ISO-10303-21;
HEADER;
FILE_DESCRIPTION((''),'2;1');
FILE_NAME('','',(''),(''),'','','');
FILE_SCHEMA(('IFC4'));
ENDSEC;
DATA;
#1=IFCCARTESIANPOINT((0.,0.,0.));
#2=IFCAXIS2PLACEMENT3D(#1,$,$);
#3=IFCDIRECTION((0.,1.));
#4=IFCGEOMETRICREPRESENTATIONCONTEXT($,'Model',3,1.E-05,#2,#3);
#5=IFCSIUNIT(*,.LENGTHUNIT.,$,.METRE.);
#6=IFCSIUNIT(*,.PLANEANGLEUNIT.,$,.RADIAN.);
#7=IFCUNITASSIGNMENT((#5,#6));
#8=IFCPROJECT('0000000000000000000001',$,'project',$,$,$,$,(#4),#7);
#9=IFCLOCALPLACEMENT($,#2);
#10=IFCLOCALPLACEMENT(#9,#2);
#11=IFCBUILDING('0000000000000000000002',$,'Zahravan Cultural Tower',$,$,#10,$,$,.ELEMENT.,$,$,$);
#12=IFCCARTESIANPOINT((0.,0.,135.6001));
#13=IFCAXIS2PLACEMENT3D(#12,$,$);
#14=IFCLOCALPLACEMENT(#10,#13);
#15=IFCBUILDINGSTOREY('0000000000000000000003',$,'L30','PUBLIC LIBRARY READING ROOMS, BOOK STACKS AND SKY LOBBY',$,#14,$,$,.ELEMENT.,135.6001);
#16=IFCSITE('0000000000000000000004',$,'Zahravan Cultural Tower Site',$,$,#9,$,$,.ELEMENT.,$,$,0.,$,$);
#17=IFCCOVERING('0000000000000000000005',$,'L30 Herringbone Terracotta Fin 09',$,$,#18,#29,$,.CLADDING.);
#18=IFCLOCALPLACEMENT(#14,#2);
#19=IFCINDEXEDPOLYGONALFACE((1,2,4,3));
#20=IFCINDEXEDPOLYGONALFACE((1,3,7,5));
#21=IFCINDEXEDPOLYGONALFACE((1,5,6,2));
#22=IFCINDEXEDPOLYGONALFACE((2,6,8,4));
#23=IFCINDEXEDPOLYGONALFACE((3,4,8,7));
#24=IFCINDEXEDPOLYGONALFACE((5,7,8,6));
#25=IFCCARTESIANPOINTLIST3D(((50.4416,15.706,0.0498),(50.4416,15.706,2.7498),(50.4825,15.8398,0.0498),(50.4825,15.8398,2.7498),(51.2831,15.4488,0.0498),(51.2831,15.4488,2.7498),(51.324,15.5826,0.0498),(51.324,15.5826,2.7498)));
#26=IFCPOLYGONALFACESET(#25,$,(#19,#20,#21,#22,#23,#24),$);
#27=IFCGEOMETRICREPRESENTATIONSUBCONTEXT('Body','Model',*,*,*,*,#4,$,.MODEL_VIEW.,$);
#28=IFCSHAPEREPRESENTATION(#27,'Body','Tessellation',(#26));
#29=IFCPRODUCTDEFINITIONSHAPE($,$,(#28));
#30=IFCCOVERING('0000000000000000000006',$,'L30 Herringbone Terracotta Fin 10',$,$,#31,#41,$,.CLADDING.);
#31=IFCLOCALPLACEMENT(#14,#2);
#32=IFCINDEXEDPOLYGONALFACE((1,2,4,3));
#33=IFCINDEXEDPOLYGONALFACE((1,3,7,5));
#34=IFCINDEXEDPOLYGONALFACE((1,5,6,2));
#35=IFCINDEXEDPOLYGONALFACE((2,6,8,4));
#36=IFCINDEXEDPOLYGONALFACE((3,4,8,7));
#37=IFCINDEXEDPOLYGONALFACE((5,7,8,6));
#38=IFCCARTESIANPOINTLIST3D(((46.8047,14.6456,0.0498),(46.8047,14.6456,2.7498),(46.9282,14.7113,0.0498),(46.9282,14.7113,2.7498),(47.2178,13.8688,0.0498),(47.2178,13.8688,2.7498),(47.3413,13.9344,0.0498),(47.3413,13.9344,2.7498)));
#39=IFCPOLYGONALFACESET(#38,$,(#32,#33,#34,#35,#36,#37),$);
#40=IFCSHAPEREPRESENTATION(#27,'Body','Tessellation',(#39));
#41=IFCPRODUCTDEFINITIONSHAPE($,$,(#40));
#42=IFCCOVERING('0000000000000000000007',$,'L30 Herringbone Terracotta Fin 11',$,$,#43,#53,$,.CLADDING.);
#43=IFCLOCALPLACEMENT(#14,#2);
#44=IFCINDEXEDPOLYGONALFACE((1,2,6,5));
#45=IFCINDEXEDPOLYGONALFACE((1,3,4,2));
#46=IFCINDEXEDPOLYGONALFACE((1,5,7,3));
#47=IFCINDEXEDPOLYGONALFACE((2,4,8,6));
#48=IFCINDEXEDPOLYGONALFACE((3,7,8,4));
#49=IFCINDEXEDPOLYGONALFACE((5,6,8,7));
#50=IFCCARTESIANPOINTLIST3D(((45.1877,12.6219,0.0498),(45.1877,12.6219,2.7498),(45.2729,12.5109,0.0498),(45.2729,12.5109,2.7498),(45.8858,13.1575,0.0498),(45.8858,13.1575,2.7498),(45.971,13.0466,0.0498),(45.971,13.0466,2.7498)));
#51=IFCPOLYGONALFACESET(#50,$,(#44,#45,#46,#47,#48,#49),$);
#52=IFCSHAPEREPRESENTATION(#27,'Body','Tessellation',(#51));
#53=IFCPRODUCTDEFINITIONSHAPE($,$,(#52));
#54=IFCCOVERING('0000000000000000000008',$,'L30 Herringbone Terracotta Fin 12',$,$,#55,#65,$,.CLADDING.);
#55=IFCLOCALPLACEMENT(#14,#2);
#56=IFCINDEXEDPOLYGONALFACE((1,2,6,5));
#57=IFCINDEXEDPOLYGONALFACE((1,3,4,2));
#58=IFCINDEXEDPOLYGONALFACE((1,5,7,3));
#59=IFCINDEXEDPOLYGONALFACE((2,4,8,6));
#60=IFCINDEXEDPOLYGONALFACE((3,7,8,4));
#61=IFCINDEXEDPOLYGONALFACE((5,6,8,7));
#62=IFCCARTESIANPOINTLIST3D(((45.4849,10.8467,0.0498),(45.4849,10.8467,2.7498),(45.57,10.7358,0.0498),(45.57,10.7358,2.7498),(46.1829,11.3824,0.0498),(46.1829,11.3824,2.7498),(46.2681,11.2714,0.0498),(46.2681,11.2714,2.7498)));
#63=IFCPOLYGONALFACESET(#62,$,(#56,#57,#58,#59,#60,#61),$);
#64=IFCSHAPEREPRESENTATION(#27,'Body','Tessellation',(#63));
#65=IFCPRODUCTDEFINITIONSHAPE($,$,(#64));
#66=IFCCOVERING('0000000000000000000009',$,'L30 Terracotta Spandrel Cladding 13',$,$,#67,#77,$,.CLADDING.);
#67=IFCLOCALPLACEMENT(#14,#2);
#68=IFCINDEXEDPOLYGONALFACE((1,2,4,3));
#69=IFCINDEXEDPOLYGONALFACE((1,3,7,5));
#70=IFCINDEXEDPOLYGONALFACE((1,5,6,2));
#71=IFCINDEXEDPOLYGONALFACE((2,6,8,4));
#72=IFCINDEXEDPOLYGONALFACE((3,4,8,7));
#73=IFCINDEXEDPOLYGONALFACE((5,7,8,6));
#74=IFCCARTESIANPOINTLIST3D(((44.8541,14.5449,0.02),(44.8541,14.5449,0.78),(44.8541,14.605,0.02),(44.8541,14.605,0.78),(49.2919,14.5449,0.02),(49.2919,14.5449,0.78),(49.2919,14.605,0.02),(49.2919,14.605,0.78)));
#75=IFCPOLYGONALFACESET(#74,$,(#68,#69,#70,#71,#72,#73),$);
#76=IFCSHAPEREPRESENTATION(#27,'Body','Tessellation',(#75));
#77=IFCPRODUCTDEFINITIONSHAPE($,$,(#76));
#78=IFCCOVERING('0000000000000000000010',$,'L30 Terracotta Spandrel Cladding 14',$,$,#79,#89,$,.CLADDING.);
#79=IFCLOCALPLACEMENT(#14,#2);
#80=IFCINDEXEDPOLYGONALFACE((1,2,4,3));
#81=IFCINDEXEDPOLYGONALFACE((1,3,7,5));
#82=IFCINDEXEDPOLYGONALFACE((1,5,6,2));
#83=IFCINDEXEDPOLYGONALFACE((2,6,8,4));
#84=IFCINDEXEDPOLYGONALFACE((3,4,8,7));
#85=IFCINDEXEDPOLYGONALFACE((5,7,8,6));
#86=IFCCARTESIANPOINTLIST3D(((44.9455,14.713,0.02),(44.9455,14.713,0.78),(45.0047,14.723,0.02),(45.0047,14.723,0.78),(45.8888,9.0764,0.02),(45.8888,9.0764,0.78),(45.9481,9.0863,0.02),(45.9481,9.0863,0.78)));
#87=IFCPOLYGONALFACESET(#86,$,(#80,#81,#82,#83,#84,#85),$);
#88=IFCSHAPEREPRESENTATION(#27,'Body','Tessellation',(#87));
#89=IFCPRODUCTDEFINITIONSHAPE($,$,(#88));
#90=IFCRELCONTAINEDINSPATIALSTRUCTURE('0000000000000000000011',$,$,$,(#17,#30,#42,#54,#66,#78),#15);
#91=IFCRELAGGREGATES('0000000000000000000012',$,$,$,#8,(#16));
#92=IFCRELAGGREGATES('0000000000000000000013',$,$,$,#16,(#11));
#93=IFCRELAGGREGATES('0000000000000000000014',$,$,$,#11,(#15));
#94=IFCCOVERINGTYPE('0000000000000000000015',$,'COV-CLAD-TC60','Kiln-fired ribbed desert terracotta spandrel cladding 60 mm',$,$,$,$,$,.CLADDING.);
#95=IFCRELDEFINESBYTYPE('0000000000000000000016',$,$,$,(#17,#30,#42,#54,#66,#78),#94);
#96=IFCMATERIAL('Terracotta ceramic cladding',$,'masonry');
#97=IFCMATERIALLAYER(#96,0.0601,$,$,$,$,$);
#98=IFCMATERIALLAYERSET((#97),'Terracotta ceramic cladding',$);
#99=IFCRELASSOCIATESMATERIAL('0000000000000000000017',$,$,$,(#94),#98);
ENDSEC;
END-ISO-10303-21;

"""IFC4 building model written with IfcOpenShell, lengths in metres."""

from ifc_helpers import new_model, si_unit, direction, frame, origin, origin_2d, place, context, subcontext, project, spatial, rectangle, extrude, source, transform, mapped, material, layer, layer_set, type_object, element, save


model = new_model("IFC4")

# Units and contexts
model_context = context("Model", 3, precision=1e-05, world=origin(), true_north=direction((0.0, 1.0)))
body_context = subcontext(model_context, "Body", "Model", "MODEL_VIEW")
ifc_project = project(units=[si_unit("LENGTHUNIT", "METRE"), si_unit("PLANEANGLEUNIT", "RADIAN")], contexts=[model_context])

# Site, building, storey
site_placement = place(None, origin())
site = spatial("IfcSite", under=ifc_project, at=site_placement, Name="Zahravan Cultural Tower Site", CompositionType="ELEMENT", RefElevation=0.0)
building_placement = place(site_placement, origin())
building = spatial("IfcBuilding", under=site, at=building_placement, Name="Zahravan Cultural Tower", CompositionType="ELEMENT")
storey_placement = place(building_placement, frame((0.0, 0.0, 135.6001)))
storey = spatial("IfcBuildingStorey", under=building, at=storey_placement, Name="L30", Description="PUBLIC LIBRARY READING ROOMS, BOOK STACKS AND SKY LOBBY", CompositionType="ELEMENT", Elevation=135.6001)

# Coverings
ifc_material_1 = material(Name="Terracotta ceramic cladding", Category="masonry")
ifc_layer_1 = layer(ifc_material_1, 0.0601)
ifc_layer_set_1 = layer_set([ifc_layer_1], Name="Terracotta ceramic cladding")
covering_type = type_object("IfcCoveringType", Name="COV-CLAD-TC60", Description="Kiln-fired ribbed desert terracotta spandrel cladding 60 mm", PredefinedType="CLADDING", material=ifc_layer_set_1)
shared_shape_1 = source(origin(), body_context, "Body", "SweptSolid", [
    extrude(rectangle(XDim=0.8799, YDim=0.1399, at=origin_2d()), origin(), (0.0, 0.0, 1.0), 2.7),
])
for number, where, z_axis, x_axis, name in (
    (1, (50.8828, 15.6443, 0.0498), (0.0, 0.0, 1.0), (0.956305, -0.292372, 0.0), "L30 Herringbone Terracotta Fin 09"),
    (2, (47.073, 14.29, 0.0498), (0.0, 0.0, 1.0), (0.469472, -0.882948, 0.0), "L30 Herringbone Terracotta Fin 10"),
    (3, (45.5793, 12.8342, 0.0498), (0.0, 0.0, 1.0), (0.793343, 0.608775, 0.0), "L30 Herringbone Terracotta Fin 11"),
    (4, (45.8765, 11.0591, 0.0498), (0.0, 0.0, 1.0), (0.793343, 0.608775, 0.0), "L30 Herringbone Terracotta Fin 12"),
):
    element("IfcCovering", number, at=place(storey_placement, frame(where, z_axis=z_axis, x_axis=x_axis)), inside=storey, type_object=covering_type, Name=name, PredefinedType="CLADDING", context=body_context, shape_type="MappedRepresentation", body=[
        mapped(shared_shape_1, transform((0.0, 0.0, 0.0), x_axis=(1.0, 0.0, 0.0), y_axis=(0.0, 1.0, 0.0), z_axis=(0.0, 0.0, 1.0), scale=1.0)),
    ])
shared_shape_2 = source(origin(), body_context, "Body", "SweptSolid", [
    extrude(rectangle(XDim=4.4377, YDim=0.0601, at=origin_2d()), origin(), (0.0, 0.0, 1.0), 0.76),
])
covering_1_placement = place(storey_placement, frame((47.073, 14.575, 0.02), z_axis=(0.0, 0.0, 1.0), x_axis=(-1.0, 0.0, 0.0)))
element("IfcCovering", 5, at=covering_1_placement, inside=storey, type_object=covering_type, Name="L30 Terracotta Spandrel Cladding 13", PredefinedType="CLADDING", context=body_context, shape_type="MappedRepresentation", body=[
    mapped(shared_shape_2, transform((0.0, 0.0, 0.0), x_axis=(1.0, 0.0, 0.0), y_axis=(0.0, 1.0, 0.0), z_axis=(0.0, 0.0, 1.0), scale=1.0)),
])
shared_shape_3 = source(origin(), body_context, "Body", "SweptSolid", [
    extrude(rectangle(XDim=5.7151, YDim=0.0601, at=origin_2d()), origin(), (0.0, 0.0, 1.0), 0.76),
])
covering_2_placement = place(storey_placement, frame((45.4468, 11.8997, 0.02), z_axis=(0.0, 0.0, 1.0), x_axis=(0.165065, -0.986283, 0.0)))
element("IfcCovering", 6, at=covering_2_placement, inside=storey, type_object=covering_type, Name="L30 Terracotta Spandrel Cladding 14", PredefinedType="CLADDING", context=body_context, shape_type="MappedRepresentation", body=[
    mapped(shared_shape_3, transform((0.0, 0.0, 0.0), x_axis=(1.0, 0.0, 0.0), y_axis=(0.0, 1.0, 0.0), z_axis=(0.0, 0.0, 1.0), scale=1.0)),
])

save(model, "model.ifc")
